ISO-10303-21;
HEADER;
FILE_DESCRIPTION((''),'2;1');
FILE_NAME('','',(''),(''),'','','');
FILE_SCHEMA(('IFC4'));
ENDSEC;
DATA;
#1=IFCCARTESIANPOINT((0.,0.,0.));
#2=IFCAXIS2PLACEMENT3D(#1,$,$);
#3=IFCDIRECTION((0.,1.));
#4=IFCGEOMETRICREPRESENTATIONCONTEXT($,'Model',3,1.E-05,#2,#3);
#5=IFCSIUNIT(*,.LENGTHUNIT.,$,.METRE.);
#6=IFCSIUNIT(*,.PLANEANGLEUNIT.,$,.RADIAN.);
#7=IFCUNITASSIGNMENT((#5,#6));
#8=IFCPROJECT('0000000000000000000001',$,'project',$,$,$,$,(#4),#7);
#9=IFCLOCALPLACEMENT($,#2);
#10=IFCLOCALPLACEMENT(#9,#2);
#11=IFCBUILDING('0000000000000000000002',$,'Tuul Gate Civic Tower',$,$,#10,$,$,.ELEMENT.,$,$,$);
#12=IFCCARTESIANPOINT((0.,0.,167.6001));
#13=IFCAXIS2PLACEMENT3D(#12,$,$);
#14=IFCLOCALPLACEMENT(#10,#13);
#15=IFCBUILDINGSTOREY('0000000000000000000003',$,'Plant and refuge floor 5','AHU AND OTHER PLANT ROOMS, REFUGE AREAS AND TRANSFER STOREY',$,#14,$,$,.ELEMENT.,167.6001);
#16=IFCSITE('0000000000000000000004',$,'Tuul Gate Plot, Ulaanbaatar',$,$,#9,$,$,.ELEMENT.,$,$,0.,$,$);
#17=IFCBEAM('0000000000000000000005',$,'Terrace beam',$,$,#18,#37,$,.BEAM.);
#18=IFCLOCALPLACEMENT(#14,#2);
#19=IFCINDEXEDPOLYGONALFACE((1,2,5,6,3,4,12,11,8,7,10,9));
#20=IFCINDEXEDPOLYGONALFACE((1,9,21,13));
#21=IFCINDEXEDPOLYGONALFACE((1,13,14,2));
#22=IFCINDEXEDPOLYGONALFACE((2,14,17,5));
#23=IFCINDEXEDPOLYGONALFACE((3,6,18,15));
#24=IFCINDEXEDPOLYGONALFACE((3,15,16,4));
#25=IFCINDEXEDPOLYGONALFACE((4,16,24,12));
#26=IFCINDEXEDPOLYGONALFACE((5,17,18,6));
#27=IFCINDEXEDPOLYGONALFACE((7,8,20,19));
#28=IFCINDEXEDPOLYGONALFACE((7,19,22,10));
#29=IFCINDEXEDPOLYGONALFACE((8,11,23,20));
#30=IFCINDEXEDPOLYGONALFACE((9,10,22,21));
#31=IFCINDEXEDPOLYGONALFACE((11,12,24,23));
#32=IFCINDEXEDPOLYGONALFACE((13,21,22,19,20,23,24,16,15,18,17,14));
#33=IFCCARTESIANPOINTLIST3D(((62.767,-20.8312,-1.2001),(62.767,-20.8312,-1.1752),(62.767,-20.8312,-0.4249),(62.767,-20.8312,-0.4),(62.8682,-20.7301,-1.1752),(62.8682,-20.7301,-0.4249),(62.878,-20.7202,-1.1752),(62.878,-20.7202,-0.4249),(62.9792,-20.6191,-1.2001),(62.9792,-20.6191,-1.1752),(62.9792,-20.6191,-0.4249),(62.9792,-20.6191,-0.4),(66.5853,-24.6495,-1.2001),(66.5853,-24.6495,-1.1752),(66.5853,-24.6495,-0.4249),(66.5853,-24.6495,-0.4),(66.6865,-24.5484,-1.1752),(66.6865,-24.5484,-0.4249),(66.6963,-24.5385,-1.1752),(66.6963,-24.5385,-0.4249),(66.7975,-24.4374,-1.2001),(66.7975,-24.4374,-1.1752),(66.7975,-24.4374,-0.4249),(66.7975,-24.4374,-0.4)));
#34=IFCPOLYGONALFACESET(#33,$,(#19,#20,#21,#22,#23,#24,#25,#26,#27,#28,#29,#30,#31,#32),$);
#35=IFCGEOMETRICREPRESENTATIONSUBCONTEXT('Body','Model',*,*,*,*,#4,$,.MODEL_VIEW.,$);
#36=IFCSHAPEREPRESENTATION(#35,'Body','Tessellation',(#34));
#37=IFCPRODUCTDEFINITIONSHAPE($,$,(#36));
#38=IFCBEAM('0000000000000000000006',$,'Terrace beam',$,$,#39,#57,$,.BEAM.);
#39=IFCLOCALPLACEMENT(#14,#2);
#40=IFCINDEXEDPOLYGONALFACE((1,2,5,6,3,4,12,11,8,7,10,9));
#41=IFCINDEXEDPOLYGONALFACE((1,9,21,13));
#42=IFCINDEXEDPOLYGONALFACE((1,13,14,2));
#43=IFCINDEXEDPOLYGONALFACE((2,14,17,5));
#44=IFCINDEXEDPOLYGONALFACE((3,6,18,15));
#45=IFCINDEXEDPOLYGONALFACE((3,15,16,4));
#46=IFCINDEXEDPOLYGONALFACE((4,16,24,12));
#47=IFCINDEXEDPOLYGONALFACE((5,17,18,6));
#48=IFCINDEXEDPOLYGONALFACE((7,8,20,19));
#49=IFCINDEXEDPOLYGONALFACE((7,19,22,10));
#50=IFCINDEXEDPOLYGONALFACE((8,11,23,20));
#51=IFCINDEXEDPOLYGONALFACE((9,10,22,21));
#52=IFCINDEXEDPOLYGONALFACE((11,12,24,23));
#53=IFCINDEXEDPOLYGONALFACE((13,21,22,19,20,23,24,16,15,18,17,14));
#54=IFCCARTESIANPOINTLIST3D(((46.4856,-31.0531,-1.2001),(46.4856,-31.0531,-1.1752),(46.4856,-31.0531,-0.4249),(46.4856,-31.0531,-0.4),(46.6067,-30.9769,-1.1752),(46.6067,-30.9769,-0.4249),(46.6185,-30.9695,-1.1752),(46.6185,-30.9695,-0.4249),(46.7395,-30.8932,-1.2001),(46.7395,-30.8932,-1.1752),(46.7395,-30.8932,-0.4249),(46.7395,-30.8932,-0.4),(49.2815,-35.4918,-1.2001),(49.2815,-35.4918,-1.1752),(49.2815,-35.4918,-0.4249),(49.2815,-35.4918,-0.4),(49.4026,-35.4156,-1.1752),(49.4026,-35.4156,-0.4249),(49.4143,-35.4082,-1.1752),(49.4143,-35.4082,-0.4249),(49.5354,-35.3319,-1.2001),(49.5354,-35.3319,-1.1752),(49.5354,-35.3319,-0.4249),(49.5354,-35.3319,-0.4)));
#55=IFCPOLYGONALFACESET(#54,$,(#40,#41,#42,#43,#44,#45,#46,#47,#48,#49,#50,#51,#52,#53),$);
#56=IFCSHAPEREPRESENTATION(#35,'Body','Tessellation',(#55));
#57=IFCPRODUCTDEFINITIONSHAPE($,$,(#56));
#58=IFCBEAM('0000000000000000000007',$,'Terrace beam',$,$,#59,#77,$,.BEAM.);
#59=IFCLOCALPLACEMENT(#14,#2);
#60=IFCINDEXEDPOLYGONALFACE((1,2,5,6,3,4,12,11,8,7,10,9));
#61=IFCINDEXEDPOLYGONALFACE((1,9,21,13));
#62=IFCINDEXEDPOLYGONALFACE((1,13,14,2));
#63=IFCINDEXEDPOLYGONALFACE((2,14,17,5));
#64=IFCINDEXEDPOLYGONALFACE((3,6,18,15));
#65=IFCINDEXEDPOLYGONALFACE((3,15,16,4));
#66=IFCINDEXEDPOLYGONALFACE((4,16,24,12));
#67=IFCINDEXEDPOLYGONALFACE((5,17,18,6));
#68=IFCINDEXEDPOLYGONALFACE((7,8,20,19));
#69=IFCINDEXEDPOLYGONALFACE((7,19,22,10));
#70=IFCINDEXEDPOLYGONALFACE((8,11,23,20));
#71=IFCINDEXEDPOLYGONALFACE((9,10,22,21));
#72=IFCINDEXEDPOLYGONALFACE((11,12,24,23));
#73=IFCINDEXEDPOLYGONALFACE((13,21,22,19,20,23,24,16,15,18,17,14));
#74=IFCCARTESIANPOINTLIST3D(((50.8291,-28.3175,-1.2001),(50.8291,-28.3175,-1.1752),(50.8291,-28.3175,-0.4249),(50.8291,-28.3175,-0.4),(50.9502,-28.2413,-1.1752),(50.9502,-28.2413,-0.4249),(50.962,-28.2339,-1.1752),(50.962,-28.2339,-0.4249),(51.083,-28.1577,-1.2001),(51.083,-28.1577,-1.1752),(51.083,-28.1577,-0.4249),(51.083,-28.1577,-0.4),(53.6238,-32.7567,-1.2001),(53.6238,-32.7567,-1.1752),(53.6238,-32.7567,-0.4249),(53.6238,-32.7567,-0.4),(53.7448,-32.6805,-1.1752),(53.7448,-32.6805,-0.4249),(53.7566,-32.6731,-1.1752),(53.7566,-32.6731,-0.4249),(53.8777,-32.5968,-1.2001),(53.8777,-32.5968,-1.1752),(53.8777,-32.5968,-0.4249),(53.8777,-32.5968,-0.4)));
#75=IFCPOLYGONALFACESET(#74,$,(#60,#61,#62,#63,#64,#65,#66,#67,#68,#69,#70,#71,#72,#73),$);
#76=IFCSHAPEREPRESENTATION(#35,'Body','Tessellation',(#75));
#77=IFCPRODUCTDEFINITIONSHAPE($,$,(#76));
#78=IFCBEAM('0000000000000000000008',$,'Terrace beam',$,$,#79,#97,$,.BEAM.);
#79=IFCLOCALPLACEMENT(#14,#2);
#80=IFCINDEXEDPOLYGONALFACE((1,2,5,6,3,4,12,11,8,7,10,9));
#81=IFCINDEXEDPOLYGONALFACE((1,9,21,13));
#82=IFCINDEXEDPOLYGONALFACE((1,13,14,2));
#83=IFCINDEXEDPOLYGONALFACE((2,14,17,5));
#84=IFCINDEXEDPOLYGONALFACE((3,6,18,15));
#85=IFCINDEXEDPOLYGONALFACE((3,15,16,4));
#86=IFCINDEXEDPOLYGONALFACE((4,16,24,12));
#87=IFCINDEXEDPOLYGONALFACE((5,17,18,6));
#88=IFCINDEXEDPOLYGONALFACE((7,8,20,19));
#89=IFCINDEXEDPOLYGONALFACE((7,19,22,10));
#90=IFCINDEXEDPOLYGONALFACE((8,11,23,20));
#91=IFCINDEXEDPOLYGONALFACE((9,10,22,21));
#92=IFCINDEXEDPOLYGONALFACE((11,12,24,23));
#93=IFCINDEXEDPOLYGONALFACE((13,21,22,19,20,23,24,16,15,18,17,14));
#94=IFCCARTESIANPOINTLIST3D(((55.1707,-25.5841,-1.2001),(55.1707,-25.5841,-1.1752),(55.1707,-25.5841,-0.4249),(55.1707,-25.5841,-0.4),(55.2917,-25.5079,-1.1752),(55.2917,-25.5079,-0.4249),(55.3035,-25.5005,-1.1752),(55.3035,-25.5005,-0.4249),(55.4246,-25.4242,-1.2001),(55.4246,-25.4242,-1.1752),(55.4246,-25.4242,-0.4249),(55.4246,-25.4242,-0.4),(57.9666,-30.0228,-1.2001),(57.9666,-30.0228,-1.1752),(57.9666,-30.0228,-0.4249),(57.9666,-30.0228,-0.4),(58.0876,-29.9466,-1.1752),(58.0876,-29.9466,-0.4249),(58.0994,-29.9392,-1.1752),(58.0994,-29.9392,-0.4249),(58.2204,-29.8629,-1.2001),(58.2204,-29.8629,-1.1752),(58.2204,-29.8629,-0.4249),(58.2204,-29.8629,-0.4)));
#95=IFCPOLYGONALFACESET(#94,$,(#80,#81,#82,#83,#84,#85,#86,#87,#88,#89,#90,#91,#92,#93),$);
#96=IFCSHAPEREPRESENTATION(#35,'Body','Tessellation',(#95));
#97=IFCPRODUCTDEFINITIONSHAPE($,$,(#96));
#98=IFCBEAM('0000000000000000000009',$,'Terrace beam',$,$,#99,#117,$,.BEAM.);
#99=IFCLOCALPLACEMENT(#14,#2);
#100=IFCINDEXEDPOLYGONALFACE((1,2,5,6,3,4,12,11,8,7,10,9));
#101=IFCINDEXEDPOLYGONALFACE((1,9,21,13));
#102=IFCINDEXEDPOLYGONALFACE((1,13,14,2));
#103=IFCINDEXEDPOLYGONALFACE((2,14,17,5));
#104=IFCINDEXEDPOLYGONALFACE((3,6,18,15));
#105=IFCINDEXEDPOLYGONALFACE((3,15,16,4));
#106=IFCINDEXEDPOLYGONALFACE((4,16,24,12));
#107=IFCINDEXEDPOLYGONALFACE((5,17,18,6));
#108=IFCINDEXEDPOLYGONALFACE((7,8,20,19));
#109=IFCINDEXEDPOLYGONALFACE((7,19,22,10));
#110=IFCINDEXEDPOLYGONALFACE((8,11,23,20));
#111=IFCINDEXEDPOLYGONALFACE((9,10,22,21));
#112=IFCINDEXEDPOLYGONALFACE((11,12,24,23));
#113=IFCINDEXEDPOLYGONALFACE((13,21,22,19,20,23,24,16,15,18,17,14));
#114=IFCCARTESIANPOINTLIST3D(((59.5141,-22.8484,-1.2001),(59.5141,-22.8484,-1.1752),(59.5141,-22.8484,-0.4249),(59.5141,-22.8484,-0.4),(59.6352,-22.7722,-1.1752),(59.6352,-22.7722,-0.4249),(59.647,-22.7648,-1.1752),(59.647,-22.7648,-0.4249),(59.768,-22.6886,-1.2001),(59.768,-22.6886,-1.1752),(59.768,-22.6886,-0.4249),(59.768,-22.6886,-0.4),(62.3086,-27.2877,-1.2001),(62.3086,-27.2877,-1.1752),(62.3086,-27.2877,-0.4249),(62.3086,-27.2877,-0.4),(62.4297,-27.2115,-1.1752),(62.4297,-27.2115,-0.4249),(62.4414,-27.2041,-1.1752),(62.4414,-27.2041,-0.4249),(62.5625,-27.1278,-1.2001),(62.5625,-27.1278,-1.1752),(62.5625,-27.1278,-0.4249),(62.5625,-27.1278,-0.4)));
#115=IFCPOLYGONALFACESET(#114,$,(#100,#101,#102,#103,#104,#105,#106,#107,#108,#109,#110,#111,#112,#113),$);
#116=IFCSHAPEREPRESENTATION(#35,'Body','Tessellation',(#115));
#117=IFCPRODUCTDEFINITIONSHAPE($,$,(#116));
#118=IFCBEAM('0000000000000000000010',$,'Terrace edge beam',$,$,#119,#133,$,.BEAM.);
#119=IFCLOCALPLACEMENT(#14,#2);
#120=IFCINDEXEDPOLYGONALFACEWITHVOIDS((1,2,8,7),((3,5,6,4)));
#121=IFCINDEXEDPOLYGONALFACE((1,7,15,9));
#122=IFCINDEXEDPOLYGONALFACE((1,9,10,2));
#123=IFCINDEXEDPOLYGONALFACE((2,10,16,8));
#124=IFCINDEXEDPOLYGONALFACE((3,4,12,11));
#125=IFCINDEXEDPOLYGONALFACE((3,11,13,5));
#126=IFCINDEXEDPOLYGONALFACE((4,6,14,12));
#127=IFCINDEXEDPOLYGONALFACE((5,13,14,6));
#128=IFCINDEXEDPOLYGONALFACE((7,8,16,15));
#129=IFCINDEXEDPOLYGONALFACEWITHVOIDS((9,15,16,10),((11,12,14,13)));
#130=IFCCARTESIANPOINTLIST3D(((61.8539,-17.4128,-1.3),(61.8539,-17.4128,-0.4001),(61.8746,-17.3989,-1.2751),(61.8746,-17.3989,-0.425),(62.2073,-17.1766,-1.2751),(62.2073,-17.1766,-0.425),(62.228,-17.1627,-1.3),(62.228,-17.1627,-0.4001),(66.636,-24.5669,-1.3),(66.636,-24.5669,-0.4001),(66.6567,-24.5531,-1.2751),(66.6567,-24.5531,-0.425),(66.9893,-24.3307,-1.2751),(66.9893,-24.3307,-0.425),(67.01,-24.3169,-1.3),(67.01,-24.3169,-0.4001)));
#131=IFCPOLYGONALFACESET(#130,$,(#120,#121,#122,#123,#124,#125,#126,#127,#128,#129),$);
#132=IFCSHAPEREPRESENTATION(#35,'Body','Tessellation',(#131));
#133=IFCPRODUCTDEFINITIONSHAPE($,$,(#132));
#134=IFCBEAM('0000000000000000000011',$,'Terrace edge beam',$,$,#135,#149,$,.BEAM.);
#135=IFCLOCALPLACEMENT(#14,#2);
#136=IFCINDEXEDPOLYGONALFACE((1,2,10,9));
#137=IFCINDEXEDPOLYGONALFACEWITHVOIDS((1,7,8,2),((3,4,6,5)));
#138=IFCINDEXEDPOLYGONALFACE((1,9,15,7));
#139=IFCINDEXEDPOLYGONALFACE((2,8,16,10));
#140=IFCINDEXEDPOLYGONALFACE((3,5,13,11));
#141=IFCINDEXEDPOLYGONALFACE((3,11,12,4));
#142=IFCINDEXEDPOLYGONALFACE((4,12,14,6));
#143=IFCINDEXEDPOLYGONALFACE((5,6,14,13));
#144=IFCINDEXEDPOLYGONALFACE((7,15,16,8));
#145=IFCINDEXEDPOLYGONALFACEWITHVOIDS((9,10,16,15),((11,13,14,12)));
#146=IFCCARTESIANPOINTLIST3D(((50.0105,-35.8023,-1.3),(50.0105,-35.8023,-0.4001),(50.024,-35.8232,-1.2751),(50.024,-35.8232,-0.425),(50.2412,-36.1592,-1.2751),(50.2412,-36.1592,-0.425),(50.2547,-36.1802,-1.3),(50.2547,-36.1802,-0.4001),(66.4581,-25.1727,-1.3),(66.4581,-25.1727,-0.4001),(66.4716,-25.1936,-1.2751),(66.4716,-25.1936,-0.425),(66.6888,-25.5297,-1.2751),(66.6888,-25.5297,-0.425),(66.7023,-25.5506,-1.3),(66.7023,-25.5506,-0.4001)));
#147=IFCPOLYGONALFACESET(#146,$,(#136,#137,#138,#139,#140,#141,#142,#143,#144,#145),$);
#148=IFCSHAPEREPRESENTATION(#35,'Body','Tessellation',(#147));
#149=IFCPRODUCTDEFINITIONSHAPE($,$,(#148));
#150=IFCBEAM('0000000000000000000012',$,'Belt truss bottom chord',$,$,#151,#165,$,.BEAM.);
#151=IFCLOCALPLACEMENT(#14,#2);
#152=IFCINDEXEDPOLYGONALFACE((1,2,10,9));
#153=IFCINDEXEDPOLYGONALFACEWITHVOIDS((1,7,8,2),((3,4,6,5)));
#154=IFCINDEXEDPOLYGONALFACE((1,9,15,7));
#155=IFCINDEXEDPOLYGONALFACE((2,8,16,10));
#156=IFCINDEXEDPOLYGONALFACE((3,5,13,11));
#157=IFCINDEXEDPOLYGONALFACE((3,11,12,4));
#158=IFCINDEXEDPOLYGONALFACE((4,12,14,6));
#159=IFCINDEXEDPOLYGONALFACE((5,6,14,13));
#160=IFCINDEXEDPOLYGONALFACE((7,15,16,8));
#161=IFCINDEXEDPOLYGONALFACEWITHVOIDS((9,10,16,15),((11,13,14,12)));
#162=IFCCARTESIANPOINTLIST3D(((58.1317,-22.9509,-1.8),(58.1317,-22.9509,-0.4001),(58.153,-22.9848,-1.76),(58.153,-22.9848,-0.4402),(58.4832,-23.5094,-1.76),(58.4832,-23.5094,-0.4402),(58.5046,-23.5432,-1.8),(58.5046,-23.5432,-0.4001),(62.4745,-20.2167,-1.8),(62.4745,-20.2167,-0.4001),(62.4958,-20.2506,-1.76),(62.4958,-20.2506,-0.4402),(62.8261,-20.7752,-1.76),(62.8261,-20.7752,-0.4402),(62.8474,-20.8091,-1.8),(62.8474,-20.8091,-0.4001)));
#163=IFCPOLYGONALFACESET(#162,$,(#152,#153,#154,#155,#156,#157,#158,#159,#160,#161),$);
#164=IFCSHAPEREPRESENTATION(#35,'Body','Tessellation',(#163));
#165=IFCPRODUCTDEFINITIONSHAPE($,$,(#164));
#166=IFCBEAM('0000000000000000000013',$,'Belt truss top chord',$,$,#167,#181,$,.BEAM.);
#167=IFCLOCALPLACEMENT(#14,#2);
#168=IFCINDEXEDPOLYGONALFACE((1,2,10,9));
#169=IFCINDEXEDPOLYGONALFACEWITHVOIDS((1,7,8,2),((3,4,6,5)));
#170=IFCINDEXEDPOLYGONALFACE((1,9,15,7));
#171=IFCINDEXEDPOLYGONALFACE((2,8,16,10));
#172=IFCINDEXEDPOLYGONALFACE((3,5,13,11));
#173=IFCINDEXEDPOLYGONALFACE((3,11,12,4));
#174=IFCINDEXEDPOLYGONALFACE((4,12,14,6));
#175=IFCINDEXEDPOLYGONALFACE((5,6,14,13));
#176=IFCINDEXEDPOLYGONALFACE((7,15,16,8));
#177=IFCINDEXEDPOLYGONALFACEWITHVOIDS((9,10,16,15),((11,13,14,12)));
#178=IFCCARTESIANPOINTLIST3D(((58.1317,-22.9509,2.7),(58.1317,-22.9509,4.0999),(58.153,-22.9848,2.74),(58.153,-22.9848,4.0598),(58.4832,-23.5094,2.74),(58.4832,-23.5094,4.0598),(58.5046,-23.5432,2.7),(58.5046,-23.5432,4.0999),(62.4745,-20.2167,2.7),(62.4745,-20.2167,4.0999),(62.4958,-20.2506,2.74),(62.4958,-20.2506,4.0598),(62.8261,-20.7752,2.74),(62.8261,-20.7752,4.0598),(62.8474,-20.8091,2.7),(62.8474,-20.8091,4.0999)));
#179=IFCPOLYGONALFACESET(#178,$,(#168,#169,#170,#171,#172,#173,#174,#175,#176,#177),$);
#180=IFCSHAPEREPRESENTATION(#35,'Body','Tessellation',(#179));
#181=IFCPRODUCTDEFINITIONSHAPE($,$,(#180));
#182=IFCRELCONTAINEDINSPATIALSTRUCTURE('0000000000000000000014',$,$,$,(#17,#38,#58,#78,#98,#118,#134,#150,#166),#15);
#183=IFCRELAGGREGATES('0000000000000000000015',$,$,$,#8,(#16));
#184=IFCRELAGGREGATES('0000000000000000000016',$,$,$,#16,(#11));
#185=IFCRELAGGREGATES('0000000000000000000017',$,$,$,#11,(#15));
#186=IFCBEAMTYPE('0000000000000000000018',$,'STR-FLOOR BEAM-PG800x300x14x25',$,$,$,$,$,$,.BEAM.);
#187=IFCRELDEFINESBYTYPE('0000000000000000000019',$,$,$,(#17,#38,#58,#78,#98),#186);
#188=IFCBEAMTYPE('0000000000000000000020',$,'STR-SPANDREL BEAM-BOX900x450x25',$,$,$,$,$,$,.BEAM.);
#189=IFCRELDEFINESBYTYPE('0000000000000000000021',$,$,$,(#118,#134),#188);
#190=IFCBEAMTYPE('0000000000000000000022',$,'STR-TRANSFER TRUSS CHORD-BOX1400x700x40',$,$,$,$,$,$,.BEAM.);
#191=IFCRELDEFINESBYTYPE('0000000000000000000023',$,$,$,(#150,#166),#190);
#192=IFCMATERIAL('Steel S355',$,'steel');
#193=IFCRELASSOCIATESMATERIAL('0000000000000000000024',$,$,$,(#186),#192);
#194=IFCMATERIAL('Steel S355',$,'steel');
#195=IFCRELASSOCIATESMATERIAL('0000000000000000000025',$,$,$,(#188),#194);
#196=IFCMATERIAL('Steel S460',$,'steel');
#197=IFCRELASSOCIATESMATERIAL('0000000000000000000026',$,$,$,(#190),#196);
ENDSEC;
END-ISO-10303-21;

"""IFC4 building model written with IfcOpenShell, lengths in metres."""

from ifc_helpers import new_model, si_unit, direction, frame, origin, origin_2d, place, context, subcontext, project, spatial, hollow_rectangle, i_section, extrude, material, material_profile, profile_set, type_object, element, save


model = new_model("IFC4")

# Units and contexts
model_context = context("Model", 3, precision=1e-05, world=origin(), true_north=direction((0.0, 1.0)))
body_context = subcontext(model_context, "Body", "Model", "MODEL_VIEW")
ifc_project = project(units=[si_unit("LENGTHUNIT", "METRE"), si_unit("PLANEANGLEUNIT", "RADIAN")], contexts=[model_context])

# Site, building, storey
site_placement = place(None, origin())
site = spatial("IfcSite", under=ifc_project, at=site_placement, Name="Tuul Gate Plot, Ulaanbaatar", CompositionType="ELEMENT", RefElevation=0.0)
building_placement = place(site_placement, origin())
building = spatial("IfcBuilding", under=site, at=building_placement, Name="Tuul Gate Civic Tower", CompositionType="ELEMENT")
storey_placement = place(building_placement, frame((0.0, 0.0, 167.6001)))
storey = spatial("IfcBuildingStorey", under=building, at=storey_placement, Name="Plant and refuge floor 5", Description="AHU AND OTHER PLANT ROOMS, REFUGE AREAS AND TRANSFER STOREY", CompositionType="ELEMENT", Elevation=167.6001)

# Beams
ifc_material_1 = material(Name="Steel S355", Category="steel")
ifc_material_profile_1 = material_profile(ifc_material_1, i_section(OverallWidth=0.3, OverallDepth=0.8, WebThickness=0.0139, FlangeThickness=0.0249, at=origin_2d()), Name="PG800x300x14x25")
ifc_profile_set_1 = profile_set([ifc_material_profile_1], Name="Steel S355")
beam_type_1 = type_object("IfcBeamType", Name="STR-FLOOR BEAM-PG800x300x14x25", PredefinedType="BEAM", material=ifc_profile_set_1)
beam_1_placement = place(storey_placement, frame((66.6914, -24.5435, -0.8), z_axis=(-0.707107, 0.707107, 0.0), x_axis=(-0.707107, -0.707107, 0.0)))
element("IfcBeam", 1, at=beam_1_placement, inside=storey, type_object=beam_type_1, Name="Terrace beam", PredefinedType="BEAM", context=body_context, shape_type="SweptSolid", body=[
    extrude(i_section(OverallWidth=0.3, OverallDepth=0.8, WebThickness=0.0139, FlangeThickness=0.0249, at=origin_2d()), origin(), (0.0, 0.0, 1.0), 5.3999),
])
beam_2_placement = place(storey_placement, frame((49.4084, -35.4119, -0.8), z_axis=(-0.53297, 0.846134, 0.0), x_axis=(-0.846134, -0.53297, 0.0)))
element("IfcBeam", 2, at=beam_2_placement, inside=storey, type_object=beam_type_1, Name="Terrace beam", PredefinedType="BEAM", context=body_context, shape_type="SweptSolid", body=[
    extrude(i_section(OverallWidth=0.3, OverallDepth=0.8, WebThickness=0.0139, FlangeThickness=0.0249, at=origin_2d()), origin(), (0.0, 0.0, 1.0), 5.2458),
])
beam_3_placement = place(storey_placement, frame((53.7507, -32.6768, -0.8), z_axis=(-0.532761, 0.846265, 0.0), x_axis=(-0.846265, -0.532761, 0.0)))
element("IfcBeam", 3, at=beam_3_placement, inside=storey, type_object=beam_type_1, Name="Terrace beam", PredefinedType="BEAM", context=body_context, shape_type="SweptSolid", body=[
    extrude(i_section(OverallWidth=0.3, OverallDepth=0.8, WebThickness=0.0139, FlangeThickness=0.0249, at=origin_2d()), origin(), (0.0, 0.0, 1.0), 5.2456),
])
beam_4_placement = place(storey_placement, frame((58.0935, -29.9429, -0.8), z_axis=(-0.53297, 0.846134, 0.0), x_axis=(-0.846134, -0.53297, 0.0)))
element("IfcBeam", 4, at=beam_4_placement, inside=storey, type_object=beam_type_1, Name="Terrace beam", PredefinedType="BEAM", context=body_context, shape_type="SweptSolid", body=[
    extrude(i_section(OverallWidth=0.3, OverallDepth=0.8, WebThickness=0.0139, FlangeThickness=0.0249, at=origin_2d()), origin(), (0.0, 0.0, 1.0), 5.2458),
])
beam_5_placement = place(storey_placement, frame((62.4355, -27.2078, -0.8), z_axis=(-0.532728, 0.846286, 0.0), x_axis=(-0.846286, -0.532728, 0.0)))
element("IfcBeam", 5, at=beam_5_placement, inside=storey, type_object=beam_type_1, Name="Terrace beam", PredefinedType="BEAM", context=body_context, shape_type="SweptSolid", body=[
    extrude(i_section(OverallWidth=0.3, OverallDepth=0.8, WebThickness=0.0139, FlangeThickness=0.0249, at=origin_2d()), origin(), (0.0, 0.0, 1.0), 5.2456),
])
ifc_material_2 = material(Name="Steel S355", Category="steel")
ifc_material_profile_2 = material_profile(ifc_material_2, hollow_rectangle(XDim=0.45, YDim=0.8999, WallThickness=0.0249, at=origin_2d()), Name="BOX900x450x25")
ifc_profile_set_2 = profile_set([ifc_material_profile_2], Name="Steel S355")
beam_type_2 = type_object("IfcBeamType", Name="STR-SPANDREL BEAM-BOX900x450x25", PredefinedType="BEAM", material=ifc_profile_set_2)
beam_6_placement = place(storey_placement, frame((66.823, -24.4419, -0.8501), z_axis=(-0.555715, 0.831373, 0.0), x_axis=(-0.831373, -0.555715, 0.0)))
element("IfcBeam", 6, at=beam_6_placement, inside=storey, type_object=beam_type_2, Name="Terrace edge beam", PredefinedType="BEAM", context=body_context, shape_type="SweptSolid", body=[
    extrude(hollow_rectangle(XDim=0.45, YDim=0.8999, WallThickness=0.0249, at=origin_2d()), origin(), (0.0, 0.0, 1.0), 8.6052),
])
beam_7_placement = place(storey_placement, frame((50.1326, -35.9912, -0.8501), z_axis=(0.839873, 0.542782, 0.0), x_axis=(-0.542782, 0.839873, 0.0)))
element("IfcBeam", 7, at=beam_7_placement, inside=storey, type_object=beam_type_2, Name="Terrace edge beam", PredefinedType="BEAM", context=body_context, shape_type="SweptSolid", body=[
    extrude(hollow_rectangle(XDim=0.45, YDim=0.8999, WallThickness=0.0249, at=origin_2d()), origin(), (0.0, 0.0, 1.0), 19.5835),
])
ifc_material_3 = material(Name="Steel S460", Category="steel")
ifc_material_profile_3 = material_profile(ifc_material_3, hollow_rectangle(XDim=0.7, YDim=1.3999, WallThickness=0.04, at=origin_2d()), Name="BOX1400x700x40")
ifc_profile_set_3 = profile_set([ifc_material_profile_3], Name="Steel S460")
beam_type_3 = type_object("IfcBeamType", Name="STR-TRANSFER TRUSS CHORD-BOX1400x700x40", PredefinedType="BEAM", material=ifc_profile_set_3)
for number, where, z_axis, x_axis, name in (
    (8, (58.3181, -23.2471, -1.1001), (0.846251, 0.532784, 0.0), (-0.532784, 0.846251, 0.0), "Belt truss bottom chord"),
    (9, (58.3181, -23.2471, 3.3999), (0.846251, 0.532784, 0.0), (-0.532784, 0.846251, 0.0), "Belt truss top chord"),
):
    element("IfcBeam", number, at=place(storey_placement, frame(where, z_axis=z_axis, x_axis=x_axis)), inside=storey, type_object=beam_type_3, Name=name, PredefinedType="BEAM", context=body_context, shape_type="SweptSolid", body=[
        extrude(hollow_rectangle(XDim=0.7, YDim=1.3999, WallThickness=0.04, at=origin_2d()), origin(), (0.0, 0.0, 1.0), 5.1318),
    ])

save(model, "model.ifc")
